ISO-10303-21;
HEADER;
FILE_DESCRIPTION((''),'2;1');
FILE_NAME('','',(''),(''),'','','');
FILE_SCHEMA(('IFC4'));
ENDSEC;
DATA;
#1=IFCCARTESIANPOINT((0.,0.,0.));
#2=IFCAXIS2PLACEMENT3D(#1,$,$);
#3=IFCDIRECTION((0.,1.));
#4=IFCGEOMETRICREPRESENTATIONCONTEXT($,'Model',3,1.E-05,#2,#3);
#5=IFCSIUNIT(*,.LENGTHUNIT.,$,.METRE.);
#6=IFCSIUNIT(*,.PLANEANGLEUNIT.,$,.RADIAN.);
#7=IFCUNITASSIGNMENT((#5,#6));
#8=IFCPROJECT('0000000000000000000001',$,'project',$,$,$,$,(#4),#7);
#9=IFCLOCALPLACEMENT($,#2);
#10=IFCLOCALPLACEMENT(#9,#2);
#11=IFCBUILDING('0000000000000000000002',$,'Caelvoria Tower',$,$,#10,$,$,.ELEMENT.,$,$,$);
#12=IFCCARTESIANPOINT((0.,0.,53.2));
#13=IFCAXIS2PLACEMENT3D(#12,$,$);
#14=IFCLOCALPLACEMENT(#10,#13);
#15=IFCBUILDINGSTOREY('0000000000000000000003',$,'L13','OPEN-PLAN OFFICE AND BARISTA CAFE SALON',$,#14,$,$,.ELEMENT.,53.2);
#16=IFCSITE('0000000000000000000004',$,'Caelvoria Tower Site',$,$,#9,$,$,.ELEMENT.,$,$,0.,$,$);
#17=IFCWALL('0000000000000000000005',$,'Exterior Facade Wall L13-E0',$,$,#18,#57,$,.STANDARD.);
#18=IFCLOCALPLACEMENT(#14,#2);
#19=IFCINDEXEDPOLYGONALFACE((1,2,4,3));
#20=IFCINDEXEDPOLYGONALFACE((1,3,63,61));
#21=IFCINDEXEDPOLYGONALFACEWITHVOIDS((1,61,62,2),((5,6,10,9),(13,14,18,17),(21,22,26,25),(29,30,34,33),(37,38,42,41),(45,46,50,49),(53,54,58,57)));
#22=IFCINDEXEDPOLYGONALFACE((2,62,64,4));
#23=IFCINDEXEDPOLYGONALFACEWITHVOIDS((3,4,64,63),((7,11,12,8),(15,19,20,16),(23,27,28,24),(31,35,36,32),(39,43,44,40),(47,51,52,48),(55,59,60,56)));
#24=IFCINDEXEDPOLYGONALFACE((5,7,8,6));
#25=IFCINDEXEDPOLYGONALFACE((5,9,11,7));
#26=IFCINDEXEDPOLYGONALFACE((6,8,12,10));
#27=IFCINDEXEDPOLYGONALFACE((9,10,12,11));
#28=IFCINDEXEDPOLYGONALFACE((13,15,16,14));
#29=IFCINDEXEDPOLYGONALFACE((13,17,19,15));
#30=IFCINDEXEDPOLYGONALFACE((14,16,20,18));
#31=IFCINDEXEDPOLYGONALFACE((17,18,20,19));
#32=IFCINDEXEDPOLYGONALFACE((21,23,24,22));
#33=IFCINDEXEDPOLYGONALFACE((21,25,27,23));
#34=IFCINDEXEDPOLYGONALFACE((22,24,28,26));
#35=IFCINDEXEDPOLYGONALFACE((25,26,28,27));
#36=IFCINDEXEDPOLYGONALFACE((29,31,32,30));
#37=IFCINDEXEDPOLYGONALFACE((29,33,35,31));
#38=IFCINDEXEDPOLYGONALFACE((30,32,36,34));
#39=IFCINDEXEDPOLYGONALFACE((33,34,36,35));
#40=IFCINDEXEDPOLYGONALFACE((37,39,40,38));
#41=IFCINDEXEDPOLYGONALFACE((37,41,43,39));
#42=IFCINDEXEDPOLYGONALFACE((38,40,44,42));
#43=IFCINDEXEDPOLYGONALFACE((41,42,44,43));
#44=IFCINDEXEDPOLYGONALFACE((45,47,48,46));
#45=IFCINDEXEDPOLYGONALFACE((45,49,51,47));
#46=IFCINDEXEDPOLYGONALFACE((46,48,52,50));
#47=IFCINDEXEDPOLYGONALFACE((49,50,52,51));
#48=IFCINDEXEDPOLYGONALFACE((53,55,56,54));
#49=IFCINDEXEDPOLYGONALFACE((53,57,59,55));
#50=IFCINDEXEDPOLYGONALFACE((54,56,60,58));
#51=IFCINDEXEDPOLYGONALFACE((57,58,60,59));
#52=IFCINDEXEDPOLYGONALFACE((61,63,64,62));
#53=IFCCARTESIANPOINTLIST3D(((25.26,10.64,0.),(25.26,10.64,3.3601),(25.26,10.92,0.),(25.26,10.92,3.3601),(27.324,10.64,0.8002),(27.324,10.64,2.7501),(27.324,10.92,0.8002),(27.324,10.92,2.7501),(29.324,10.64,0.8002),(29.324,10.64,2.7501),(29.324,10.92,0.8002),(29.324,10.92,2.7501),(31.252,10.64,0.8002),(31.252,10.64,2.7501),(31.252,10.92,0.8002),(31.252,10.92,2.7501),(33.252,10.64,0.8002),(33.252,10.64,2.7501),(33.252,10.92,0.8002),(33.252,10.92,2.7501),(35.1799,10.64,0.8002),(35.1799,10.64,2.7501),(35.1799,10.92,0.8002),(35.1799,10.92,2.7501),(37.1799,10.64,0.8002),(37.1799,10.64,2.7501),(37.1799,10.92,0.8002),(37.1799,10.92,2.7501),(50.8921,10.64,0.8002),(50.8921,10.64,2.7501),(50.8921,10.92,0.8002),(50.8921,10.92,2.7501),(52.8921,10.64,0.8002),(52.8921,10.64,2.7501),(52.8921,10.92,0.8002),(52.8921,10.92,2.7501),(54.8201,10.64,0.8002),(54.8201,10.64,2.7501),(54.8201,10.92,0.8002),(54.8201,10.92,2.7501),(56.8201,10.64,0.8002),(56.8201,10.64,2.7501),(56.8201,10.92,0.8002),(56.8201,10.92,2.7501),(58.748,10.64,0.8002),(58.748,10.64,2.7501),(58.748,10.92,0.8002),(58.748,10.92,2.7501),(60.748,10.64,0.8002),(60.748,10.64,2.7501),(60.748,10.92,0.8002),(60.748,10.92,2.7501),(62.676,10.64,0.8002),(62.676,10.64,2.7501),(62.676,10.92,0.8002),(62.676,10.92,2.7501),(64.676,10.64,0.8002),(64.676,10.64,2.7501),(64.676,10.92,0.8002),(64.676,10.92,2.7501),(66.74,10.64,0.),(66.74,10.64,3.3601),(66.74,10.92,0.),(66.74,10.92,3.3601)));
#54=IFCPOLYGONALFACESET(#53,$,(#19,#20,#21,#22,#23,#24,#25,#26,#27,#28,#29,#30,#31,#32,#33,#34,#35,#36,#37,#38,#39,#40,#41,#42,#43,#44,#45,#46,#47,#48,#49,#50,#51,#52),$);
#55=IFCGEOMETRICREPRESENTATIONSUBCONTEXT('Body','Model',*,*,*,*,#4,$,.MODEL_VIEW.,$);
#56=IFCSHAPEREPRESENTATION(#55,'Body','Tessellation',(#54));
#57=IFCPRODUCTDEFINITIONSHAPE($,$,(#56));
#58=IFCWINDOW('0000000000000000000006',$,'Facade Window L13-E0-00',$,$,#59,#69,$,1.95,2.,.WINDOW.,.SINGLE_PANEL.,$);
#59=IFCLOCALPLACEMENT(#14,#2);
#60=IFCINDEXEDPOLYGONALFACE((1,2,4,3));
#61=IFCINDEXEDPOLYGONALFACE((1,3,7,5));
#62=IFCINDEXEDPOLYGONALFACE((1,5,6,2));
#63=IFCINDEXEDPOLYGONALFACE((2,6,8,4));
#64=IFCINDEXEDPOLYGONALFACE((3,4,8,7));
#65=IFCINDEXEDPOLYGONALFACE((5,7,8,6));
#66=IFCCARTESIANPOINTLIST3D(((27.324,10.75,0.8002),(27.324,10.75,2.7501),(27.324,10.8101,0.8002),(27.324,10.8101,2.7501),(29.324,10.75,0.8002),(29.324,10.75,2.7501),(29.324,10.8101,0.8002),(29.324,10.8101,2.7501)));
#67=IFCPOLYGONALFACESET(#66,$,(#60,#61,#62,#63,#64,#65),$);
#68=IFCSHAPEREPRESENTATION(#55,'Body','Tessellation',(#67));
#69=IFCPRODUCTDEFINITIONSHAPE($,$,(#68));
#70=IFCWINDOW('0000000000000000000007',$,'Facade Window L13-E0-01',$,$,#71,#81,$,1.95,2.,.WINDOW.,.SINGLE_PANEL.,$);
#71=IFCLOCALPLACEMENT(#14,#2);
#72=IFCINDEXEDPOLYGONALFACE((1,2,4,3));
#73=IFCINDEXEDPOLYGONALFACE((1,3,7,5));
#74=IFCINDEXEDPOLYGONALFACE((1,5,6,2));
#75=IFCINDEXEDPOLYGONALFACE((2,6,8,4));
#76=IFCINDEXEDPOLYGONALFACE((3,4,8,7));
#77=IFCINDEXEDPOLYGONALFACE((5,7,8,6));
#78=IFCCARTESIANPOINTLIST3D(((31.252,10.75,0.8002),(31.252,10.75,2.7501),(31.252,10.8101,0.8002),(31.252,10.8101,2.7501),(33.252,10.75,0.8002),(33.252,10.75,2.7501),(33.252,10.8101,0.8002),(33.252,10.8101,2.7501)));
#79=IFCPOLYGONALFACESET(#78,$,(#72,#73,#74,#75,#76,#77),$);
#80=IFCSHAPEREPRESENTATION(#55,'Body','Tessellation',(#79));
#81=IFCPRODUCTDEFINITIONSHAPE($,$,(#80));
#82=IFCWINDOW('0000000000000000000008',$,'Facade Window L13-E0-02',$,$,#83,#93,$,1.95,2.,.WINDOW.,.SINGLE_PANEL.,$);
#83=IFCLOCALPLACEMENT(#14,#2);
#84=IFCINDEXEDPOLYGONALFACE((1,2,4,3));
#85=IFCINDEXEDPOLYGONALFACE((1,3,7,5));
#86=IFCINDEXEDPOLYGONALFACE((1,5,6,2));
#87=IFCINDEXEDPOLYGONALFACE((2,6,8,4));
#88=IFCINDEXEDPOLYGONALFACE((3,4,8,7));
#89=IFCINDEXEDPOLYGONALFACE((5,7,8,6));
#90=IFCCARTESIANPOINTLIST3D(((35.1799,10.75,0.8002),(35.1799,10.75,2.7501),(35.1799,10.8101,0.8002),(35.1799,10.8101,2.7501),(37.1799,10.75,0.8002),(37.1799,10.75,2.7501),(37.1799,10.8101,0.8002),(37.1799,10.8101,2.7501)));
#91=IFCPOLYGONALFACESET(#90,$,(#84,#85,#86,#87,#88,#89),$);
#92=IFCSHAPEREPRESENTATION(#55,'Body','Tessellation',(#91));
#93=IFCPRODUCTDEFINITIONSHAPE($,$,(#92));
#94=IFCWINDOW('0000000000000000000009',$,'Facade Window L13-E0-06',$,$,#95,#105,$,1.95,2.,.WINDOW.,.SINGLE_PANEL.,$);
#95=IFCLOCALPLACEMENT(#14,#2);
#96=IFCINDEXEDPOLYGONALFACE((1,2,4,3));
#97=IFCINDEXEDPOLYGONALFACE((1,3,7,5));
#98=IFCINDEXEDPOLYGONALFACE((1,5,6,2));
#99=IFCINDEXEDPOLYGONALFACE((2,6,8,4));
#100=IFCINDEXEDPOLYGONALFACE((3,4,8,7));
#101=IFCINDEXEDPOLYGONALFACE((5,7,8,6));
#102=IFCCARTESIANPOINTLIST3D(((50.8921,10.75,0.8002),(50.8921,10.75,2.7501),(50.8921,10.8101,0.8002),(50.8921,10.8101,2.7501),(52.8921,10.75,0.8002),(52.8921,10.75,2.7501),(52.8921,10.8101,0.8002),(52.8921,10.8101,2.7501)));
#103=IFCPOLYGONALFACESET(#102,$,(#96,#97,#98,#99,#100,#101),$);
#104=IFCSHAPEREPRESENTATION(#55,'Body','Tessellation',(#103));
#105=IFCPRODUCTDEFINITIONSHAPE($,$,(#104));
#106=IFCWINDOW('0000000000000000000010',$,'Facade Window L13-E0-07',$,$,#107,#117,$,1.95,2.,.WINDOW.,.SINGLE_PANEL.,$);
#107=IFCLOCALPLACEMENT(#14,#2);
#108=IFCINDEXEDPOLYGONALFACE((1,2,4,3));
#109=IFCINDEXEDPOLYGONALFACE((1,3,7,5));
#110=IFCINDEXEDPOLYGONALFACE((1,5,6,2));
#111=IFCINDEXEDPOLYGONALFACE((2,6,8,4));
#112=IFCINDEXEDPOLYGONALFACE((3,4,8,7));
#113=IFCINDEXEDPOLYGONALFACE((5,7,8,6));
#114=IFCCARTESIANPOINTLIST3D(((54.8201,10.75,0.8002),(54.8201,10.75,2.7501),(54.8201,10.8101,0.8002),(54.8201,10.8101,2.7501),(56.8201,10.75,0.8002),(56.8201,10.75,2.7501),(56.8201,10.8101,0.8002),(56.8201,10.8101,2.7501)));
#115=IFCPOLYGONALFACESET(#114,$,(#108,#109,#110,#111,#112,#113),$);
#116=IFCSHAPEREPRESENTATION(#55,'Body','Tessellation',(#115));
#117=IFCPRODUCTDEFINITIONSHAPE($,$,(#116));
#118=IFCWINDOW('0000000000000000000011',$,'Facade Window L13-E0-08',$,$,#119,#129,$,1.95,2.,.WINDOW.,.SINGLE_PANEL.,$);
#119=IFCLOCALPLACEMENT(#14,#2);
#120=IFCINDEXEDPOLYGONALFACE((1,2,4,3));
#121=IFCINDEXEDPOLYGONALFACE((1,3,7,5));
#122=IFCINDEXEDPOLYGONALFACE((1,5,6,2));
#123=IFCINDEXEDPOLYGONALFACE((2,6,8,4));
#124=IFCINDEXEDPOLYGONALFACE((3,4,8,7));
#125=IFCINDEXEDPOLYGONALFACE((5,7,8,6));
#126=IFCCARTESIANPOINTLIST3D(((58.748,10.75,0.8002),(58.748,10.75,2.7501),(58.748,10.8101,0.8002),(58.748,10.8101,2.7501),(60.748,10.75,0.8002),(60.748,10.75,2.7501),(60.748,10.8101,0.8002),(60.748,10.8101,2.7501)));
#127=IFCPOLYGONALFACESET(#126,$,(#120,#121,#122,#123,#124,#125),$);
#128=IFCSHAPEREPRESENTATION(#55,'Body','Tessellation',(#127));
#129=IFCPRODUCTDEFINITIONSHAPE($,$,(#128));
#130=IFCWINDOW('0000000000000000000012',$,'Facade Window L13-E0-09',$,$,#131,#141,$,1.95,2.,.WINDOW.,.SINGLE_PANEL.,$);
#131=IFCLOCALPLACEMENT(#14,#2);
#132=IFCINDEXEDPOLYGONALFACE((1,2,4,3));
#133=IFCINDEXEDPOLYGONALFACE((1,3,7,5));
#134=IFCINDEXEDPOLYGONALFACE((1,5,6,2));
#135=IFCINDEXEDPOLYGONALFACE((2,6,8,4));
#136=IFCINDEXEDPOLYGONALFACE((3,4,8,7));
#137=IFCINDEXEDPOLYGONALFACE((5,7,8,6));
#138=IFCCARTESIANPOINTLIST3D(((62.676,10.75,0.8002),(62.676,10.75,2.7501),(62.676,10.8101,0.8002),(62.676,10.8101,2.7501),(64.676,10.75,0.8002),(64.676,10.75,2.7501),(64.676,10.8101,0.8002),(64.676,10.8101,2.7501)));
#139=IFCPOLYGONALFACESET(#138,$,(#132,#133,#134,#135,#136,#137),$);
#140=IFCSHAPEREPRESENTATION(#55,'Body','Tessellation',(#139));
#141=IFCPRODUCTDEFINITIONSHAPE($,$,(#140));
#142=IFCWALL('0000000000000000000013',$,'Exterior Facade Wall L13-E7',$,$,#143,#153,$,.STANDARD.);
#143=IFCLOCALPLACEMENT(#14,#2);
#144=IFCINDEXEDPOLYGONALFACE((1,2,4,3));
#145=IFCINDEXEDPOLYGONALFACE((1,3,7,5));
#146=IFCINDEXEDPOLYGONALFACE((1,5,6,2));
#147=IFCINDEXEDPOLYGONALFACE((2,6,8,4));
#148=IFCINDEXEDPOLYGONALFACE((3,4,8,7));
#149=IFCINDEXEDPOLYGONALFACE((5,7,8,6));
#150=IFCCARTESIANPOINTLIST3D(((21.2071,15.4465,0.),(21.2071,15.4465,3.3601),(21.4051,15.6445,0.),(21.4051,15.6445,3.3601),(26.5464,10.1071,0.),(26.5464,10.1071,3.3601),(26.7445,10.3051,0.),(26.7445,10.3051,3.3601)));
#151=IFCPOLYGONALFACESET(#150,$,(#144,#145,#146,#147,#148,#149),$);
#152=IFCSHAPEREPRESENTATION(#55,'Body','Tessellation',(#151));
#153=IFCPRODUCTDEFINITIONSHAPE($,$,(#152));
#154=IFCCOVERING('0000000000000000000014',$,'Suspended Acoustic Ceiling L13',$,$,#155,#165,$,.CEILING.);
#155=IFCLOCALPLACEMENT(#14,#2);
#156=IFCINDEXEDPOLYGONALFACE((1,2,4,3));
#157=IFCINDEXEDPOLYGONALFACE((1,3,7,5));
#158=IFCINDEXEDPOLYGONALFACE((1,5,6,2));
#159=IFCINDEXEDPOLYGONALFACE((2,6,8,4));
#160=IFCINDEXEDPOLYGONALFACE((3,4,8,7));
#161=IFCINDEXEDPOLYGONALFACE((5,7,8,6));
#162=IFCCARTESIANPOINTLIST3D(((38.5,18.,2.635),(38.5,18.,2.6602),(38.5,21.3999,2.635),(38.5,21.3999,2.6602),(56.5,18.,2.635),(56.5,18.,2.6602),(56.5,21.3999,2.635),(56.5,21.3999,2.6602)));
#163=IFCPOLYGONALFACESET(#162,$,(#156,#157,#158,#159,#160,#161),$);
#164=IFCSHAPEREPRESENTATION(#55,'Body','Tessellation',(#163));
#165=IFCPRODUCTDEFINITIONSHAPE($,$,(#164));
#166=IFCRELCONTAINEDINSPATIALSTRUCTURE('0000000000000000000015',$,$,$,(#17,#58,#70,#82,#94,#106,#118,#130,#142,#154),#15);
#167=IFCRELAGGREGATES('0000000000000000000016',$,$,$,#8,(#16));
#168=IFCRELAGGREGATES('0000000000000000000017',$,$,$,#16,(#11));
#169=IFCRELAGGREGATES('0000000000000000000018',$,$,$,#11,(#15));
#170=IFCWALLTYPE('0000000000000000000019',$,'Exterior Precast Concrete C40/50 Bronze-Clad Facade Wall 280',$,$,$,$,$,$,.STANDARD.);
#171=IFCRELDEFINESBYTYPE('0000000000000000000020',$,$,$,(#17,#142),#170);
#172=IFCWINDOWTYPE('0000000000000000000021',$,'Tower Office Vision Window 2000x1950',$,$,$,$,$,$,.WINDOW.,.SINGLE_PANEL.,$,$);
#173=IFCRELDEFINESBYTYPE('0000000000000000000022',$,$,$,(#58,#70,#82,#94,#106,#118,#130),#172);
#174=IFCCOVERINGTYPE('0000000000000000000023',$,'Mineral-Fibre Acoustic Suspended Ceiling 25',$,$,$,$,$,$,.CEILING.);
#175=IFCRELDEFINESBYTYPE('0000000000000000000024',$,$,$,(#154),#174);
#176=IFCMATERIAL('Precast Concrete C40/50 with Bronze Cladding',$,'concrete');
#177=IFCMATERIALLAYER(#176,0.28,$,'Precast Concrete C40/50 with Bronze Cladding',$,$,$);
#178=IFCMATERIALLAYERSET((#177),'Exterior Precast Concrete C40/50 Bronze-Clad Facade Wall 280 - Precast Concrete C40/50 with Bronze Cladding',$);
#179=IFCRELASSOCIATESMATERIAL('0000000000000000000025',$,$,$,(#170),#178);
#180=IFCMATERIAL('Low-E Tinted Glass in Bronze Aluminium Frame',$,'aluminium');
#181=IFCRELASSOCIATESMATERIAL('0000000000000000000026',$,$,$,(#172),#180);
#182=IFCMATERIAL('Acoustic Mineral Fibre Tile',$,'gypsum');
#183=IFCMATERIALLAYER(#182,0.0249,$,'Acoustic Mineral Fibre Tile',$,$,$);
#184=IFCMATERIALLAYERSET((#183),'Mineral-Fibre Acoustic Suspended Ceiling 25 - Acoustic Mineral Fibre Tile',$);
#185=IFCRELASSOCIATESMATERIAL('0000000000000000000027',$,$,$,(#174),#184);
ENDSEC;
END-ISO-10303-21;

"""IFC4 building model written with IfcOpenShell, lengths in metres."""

from ifc_helpers import new_model, si_unit, direction, frame, frame_2d, origin, place, context, subcontext, project, spatial, polyline, rectangle, outline, extrude, material, layer, layer_set, type_object, element, fill, save


model = new_model("IFC4")

# Units and contexts
model_context = context("Model", 3, precision=1e-05, world=origin(), true_north=direction((0.0, 1.0)))
body_context = subcontext(model_context, "Body", "Model", "MODEL_VIEW")
ifc_project = project(units=[si_unit("LENGTHUNIT", "METRE"), si_unit("PLANEANGLEUNIT", "RADIAN")], contexts=[model_context])

# Site, building, storey
site_placement = place(None, origin())
site = spatial("IfcSite", under=ifc_project, at=site_placement, Name="Caelvoria Tower Site", CompositionType="ELEMENT", RefElevation=0.0)
building_placement = place(site_placement, origin())
building = spatial("IfcBuilding", under=site, at=building_placement, Name="Caelvoria Tower", CompositionType="ELEMENT")
storey_placement = place(building_placement, frame((0.0, 0.0, 53.2)))
storey = spatial("IfcBuildingStorey", under=building, at=storey_placement, Name="L13", Description="OPEN-PLAN OFFICE AND BARISTA CAFE SALON", CompositionType="ELEMENT", Elevation=53.2)

# Wall, openings, windows
ifc_material_1 = material(Name="Precast Concrete C40/50 with Bronze Cladding", Category="concrete")
ifc_layer_1 = layer(ifc_material_1, 0.28, Name="Precast Concrete C40/50 with Bronze Cladding")
ifc_layer_set_1 = layer_set([ifc_layer_1], Name="Exterior Precast Concrete C40/50 Bronze-Clad Facade Wall 280 - Precast Concrete C40/50 with Bronze Cladding")
wall_type = type_object("IfcWallType", Name="Exterior Precast Concrete C40/50 Bronze-Clad Facade Wall 280", PredefinedType="STANDARD", material=ifc_layer_set_1)
wall_1_placement = place(storey_placement, frame((25.26, 10.78, 0.0), z_axis=(0.0, 0.0, 1.0), x_axis=(1.0, 0.0, 0.0)))
wall_1 = element("IfcWall", 1, at=wall_1_placement, inside=storey, type_object=wall_type, Name="Exterior Facade Wall L13-E0", PredefinedType="STANDARD", context=body_context, shape_type="SweptSolid", body=[
    extrude(rectangle(XDim=41.48, YDim=0.28, at=frame_2d((20.74, 0.0))), origin(), (0.0, 0.0, 1.0), 3.3601),
])
opening_1_placement = place(wall_1_placement, frame((2.064, 0.0, 0.8)))
opening_1 = element("IfcOpeningElement", 2, at=opening_1_placement, cuts=wall_1, PredefinedType="OPENING", context=body_context, shape_type="SweptSolid", body=[
    extrude(rectangle(XDim=2.0, YDim=1.95, at=frame_2d((1.0, 0.9751))), frame((0.0, 0.1499, 0.0), z_axis=(0.0, -1.0, 0.0), x_axis=(1.0, 0.0, 0.0)), (0.0, 0.0, 1.0), 0.3),
])
opening_2_placement = place(wall_1_placement, frame((5.9919, 0.0, 0.8)))
opening_2 = element("IfcOpeningElement", 3, at=opening_2_placement, cuts=wall_1, PredefinedType="OPENING", context=body_context, shape_type="SweptSolid", body=[
    extrude(rectangle(XDim=2.0, YDim=1.95, at=frame_2d((1.0, 0.9751))), frame((0.0, 0.1499, 0.0), z_axis=(0.0, -1.0, 0.0), x_axis=(1.0, 0.0, 0.0)), (0.0, 0.0, 1.0), 0.3),
])
opening_3_placement = place(wall_1_placement, frame((9.9199, 0.0, 0.8)))
opening_3 = element("IfcOpeningElement", 4, at=opening_3_placement, cuts=wall_1, PredefinedType="OPENING", context=body_context, shape_type="SweptSolid", body=[
    extrude(rectangle(XDim=2.0, YDim=1.95, at=frame_2d((1.0, 0.9751))), frame((0.0, 0.1499, 0.0), z_axis=(0.0, -1.0, 0.0), x_axis=(1.0, 0.0, 0.0)), (0.0, 0.0, 1.0), 0.3),
])
opening_4_placement = place(wall_1_placement, frame((25.6321, 0.0, 0.8)))
opening_4 = element("IfcOpeningElement", 5, at=opening_4_placement, cuts=wall_1, PredefinedType="OPENING", context=body_context, shape_type="SweptSolid", body=[
    extrude(rectangle(XDim=2.0, YDim=1.95, at=frame_2d((1.0, 0.9751))), frame((0.0, 0.1499, 0.0), z_axis=(0.0, -1.0, 0.0), x_axis=(1.0, 0.0, 0.0)), (0.0, 0.0, 1.0), 0.3),
])
opening_5_placement = place(wall_1_placement, frame((29.5601, 0.0, 0.8)))
opening_5 = element("IfcOpeningElement", 6, at=opening_5_placement, cuts=wall_1, PredefinedType="OPENING", context=body_context, shape_type="SweptSolid", body=[
    extrude(rectangle(XDim=2.0, YDim=1.95, at=frame_2d((1.0, 0.9751))), frame((0.0, 0.1499, 0.0), z_axis=(0.0, -1.0, 0.0), x_axis=(1.0, 0.0, 0.0)), (0.0, 0.0, 1.0), 0.3),
])
opening_6_placement = place(wall_1_placement, frame((33.488, 0.0, 0.8)))
opening_6 = element("IfcOpeningElement", 7, at=opening_6_placement, cuts=wall_1, PredefinedType="OPENING", context=body_context, shape_type="SweptSolid", body=[
    extrude(rectangle(XDim=2.0, YDim=1.95, at=frame_2d((1.0, 0.9751))), frame((0.0, 0.1499, 0.0), z_axis=(0.0, -1.0, 0.0), x_axis=(1.0, 0.0, 0.0)), (0.0, 0.0, 1.0), 0.3),
])
opening_7_placement = place(wall_1_placement, frame((37.416, 0.0, 0.8)))
opening_7 = element("IfcOpeningElement", 8, at=opening_7_placement, cuts=wall_1, PredefinedType="OPENING", context=body_context, shape_type="SweptSolid", body=[
    extrude(rectangle(XDim=2.0, YDim=1.95, at=frame_2d((1.0, 0.9751))), frame((0.0, 0.1499, 0.0), z_axis=(0.0, -1.0, 0.0), x_axis=(1.0, 0.0, 0.0)), (0.0, 0.0, 1.0), 0.3),
])
ifc_material_2 = material(Name="Low-E Tinted Glass in Bronze Aluminium Frame", Category="aluminium")
window_type = type_object("IfcWindowType", Name="Tower Office Vision Window 2000x1950", PartitioningType="SINGLE_PANEL", PredefinedType="WINDOW", material=ifc_material_2)
window_1_placement = place(opening_1_placement, origin())
window_1 = element("IfcWindow", 9, at=window_1_placement, inside=storey, type_object=window_type, Name="Facade Window L13-E0-00", OverallHeight=1.95, OverallWidth=2.0, PartitioningType="SINGLE_PANEL", PredefinedType="WINDOW", context=body_context, shape_type="SweptSolid", body=[
    extrude(rectangle(XDim=2.0, YDim=1.95, at=frame_2d((1.0, 0.9751))), frame((0.0, 0.03, 0.0), z_axis=(0.0, -1.0, 0.0), x_axis=(1.0, 0.0, 0.0)), (0.0, 0.0, 1.0), 0.0601),
])
fill(opening_1, window_1)
window_2_placement = place(opening_2_placement, origin())
window_2 = element("IfcWindow", 10, at=window_2_placement, inside=storey, type_object=window_type, Name="Facade Window L13-E0-01", OverallHeight=1.95, OverallWidth=2.0, PartitioningType="SINGLE_PANEL", PredefinedType="WINDOW", context=body_context, shape_type="SweptSolid", body=[
    extrude(rectangle(XDim=2.0, YDim=1.95, at=frame_2d((1.0, 0.9751))), frame((0.0, 0.03, 0.0), z_axis=(0.0, -1.0, 0.0), x_axis=(1.0, 0.0, 0.0)), (0.0, 0.0, 1.0), 0.0601),
])
fill(opening_2, window_2)
window_3_placement = place(opening_3_placement, origin())
window_3 = element("IfcWindow", 11, at=window_3_placement, inside=storey, type_object=window_type, Name="Facade Window L13-E0-02", OverallHeight=1.95, OverallWidth=2.0, PartitioningType="SINGLE_PANEL", PredefinedType="WINDOW", context=body_context, shape_type="SweptSolid", body=[
    extrude(rectangle(XDim=2.0, YDim=1.95, at=frame_2d((1.0, 0.9751))), frame((0.0, 0.03, 0.0), z_axis=(0.0, -1.0, 0.0), x_axis=(1.0, 0.0, 0.0)), (0.0, 0.0, 1.0), 0.0601),
])
fill(opening_3, window_3)
window_4_placement = place(opening_4_placement, origin())
window_4 = element("IfcWindow", 12, at=window_4_placement, inside=storey, type_object=window_type, Name="Facade Window L13-E0-06", OverallHeight=1.95, OverallWidth=2.0, PartitioningType="SINGLE_PANEL", PredefinedType="WINDOW", context=body_context, shape_type="SweptSolid", body=[
    extrude(rectangle(XDim=2.0, YDim=1.95, at=frame_2d((1.0, 0.9751))), frame((0.0, 0.03, 0.0), z_axis=(0.0, -1.0, 0.0), x_axis=(1.0, 0.0, 0.0)), (0.0, 0.0, 1.0), 0.0601),
])
fill(opening_4, window_4)
window_5_placement = place(opening_5_placement, origin())
window_5 = element("IfcWindow", 13, at=window_5_placement, inside=storey, type_object=window_type, Name="Facade Window L13-E0-07", OverallHeight=1.95, OverallWidth=2.0, PartitioningType="SINGLE_PANEL", PredefinedType="WINDOW", context=body_context, shape_type="SweptSolid", body=[
    extrude(rectangle(XDim=2.0, YDim=1.95, at=frame_2d((1.0, 0.9751))), frame((0.0, 0.03, 0.0), z_axis=(0.0, -1.0, 0.0), x_axis=(1.0, 0.0, 0.0)), (0.0, 0.0, 1.0), 0.0601),
])
fill(opening_5, window_5)
window_6_placement = place(opening_6_placement, origin())
window_6 = element("IfcWindow", 14, at=window_6_placement, inside=storey, type_object=window_type, Name="Facade Window L13-E0-08", OverallHeight=1.95, OverallWidth=2.0, PartitioningType="SINGLE_PANEL", PredefinedType="WINDOW", context=body_context, shape_type="SweptSolid", body=[
    extrude(rectangle(XDim=2.0, YDim=1.95, at=frame_2d((1.0, 0.9751))), frame((0.0, 0.03, 0.0), z_axis=(0.0, -1.0, 0.0), x_axis=(1.0, 0.0, 0.0)), (0.0, 0.0, 1.0), 0.0601),
])
fill(opening_6, window_6)
window_7_placement = place(opening_7_placement, origin())
window_7 = element("IfcWindow", 15, at=window_7_placement, inside=storey, type_object=window_type, Name="Facade Window L13-E0-09", OverallHeight=1.95, OverallWidth=2.0, PartitioningType="SINGLE_PANEL", PredefinedType="WINDOW", context=body_context, shape_type="SweptSolid", body=[
    extrude(rectangle(XDim=2.0, YDim=1.95, at=frame_2d((1.0, 0.9751))), frame((0.0, 0.03, 0.0), z_axis=(0.0, -1.0, 0.0), x_axis=(1.0, 0.0, 0.0)), (0.0, 0.0, 1.0), 0.0601),
])
fill(opening_7, window_7)

# Wall
wall_2_placement = place(storey_placement, frame((21.3062, 15.5454, 0.0), z_axis=(0.0, 0.0, 1.0), x_axis=(0.707107, -0.707107, 0.0)))
element("IfcWall", 16, at=wall_2_placement, inside=storey, type_object=wall_type, Name="Exterior Facade Wall L13-E7", PredefinedType="STANDARD", context=body_context, shape_type="SweptSolid", body=[
    extrude(rectangle(XDim=7.551, YDim=0.28, at=frame_2d((3.7754, 0.0))), origin(), (0.0, 0.0, 1.0), 3.3601),
])

# Covering
ifc_material_3 = material(Name="Acoustic Mineral Fibre Tile", Category="gypsum")
ifc_layer_2 = layer(ifc_material_3, 0.0249, Name="Acoustic Mineral Fibre Tile")
ifc_layer_set_2 = layer_set([ifc_layer_2], Name="Mineral-Fibre Acoustic Suspended Ceiling 25 - Acoustic Mineral Fibre Tile")
covering_type_1 = type_object("IfcCoveringType", Name="Mineral-Fibre Acoustic Suspended Ceiling 25", PredefinedType="CEILING", material=ifc_layer_set_2)
covering_1_placement = place(storey_placement, frame((0.0, 0.0, 2.635)))
element("IfcCovering", 17, at=covering_1_placement, inside=storey, type_object=covering_type_1, Name="Suspended Acoustic Ceiling L13", PredefinedType="CEILING", context=body_context, shape_type="SweptSolid", body=[
    extrude(outline(polyline([(38.5, 18.0), (56.5, 18.0), (56.5, 21.3999), (38.5, 21.3999), (38.5, 18.0)])), origin(), (0.0, 0.0, 1.0), 0.0251),
])

save(model, "model.ifc")
